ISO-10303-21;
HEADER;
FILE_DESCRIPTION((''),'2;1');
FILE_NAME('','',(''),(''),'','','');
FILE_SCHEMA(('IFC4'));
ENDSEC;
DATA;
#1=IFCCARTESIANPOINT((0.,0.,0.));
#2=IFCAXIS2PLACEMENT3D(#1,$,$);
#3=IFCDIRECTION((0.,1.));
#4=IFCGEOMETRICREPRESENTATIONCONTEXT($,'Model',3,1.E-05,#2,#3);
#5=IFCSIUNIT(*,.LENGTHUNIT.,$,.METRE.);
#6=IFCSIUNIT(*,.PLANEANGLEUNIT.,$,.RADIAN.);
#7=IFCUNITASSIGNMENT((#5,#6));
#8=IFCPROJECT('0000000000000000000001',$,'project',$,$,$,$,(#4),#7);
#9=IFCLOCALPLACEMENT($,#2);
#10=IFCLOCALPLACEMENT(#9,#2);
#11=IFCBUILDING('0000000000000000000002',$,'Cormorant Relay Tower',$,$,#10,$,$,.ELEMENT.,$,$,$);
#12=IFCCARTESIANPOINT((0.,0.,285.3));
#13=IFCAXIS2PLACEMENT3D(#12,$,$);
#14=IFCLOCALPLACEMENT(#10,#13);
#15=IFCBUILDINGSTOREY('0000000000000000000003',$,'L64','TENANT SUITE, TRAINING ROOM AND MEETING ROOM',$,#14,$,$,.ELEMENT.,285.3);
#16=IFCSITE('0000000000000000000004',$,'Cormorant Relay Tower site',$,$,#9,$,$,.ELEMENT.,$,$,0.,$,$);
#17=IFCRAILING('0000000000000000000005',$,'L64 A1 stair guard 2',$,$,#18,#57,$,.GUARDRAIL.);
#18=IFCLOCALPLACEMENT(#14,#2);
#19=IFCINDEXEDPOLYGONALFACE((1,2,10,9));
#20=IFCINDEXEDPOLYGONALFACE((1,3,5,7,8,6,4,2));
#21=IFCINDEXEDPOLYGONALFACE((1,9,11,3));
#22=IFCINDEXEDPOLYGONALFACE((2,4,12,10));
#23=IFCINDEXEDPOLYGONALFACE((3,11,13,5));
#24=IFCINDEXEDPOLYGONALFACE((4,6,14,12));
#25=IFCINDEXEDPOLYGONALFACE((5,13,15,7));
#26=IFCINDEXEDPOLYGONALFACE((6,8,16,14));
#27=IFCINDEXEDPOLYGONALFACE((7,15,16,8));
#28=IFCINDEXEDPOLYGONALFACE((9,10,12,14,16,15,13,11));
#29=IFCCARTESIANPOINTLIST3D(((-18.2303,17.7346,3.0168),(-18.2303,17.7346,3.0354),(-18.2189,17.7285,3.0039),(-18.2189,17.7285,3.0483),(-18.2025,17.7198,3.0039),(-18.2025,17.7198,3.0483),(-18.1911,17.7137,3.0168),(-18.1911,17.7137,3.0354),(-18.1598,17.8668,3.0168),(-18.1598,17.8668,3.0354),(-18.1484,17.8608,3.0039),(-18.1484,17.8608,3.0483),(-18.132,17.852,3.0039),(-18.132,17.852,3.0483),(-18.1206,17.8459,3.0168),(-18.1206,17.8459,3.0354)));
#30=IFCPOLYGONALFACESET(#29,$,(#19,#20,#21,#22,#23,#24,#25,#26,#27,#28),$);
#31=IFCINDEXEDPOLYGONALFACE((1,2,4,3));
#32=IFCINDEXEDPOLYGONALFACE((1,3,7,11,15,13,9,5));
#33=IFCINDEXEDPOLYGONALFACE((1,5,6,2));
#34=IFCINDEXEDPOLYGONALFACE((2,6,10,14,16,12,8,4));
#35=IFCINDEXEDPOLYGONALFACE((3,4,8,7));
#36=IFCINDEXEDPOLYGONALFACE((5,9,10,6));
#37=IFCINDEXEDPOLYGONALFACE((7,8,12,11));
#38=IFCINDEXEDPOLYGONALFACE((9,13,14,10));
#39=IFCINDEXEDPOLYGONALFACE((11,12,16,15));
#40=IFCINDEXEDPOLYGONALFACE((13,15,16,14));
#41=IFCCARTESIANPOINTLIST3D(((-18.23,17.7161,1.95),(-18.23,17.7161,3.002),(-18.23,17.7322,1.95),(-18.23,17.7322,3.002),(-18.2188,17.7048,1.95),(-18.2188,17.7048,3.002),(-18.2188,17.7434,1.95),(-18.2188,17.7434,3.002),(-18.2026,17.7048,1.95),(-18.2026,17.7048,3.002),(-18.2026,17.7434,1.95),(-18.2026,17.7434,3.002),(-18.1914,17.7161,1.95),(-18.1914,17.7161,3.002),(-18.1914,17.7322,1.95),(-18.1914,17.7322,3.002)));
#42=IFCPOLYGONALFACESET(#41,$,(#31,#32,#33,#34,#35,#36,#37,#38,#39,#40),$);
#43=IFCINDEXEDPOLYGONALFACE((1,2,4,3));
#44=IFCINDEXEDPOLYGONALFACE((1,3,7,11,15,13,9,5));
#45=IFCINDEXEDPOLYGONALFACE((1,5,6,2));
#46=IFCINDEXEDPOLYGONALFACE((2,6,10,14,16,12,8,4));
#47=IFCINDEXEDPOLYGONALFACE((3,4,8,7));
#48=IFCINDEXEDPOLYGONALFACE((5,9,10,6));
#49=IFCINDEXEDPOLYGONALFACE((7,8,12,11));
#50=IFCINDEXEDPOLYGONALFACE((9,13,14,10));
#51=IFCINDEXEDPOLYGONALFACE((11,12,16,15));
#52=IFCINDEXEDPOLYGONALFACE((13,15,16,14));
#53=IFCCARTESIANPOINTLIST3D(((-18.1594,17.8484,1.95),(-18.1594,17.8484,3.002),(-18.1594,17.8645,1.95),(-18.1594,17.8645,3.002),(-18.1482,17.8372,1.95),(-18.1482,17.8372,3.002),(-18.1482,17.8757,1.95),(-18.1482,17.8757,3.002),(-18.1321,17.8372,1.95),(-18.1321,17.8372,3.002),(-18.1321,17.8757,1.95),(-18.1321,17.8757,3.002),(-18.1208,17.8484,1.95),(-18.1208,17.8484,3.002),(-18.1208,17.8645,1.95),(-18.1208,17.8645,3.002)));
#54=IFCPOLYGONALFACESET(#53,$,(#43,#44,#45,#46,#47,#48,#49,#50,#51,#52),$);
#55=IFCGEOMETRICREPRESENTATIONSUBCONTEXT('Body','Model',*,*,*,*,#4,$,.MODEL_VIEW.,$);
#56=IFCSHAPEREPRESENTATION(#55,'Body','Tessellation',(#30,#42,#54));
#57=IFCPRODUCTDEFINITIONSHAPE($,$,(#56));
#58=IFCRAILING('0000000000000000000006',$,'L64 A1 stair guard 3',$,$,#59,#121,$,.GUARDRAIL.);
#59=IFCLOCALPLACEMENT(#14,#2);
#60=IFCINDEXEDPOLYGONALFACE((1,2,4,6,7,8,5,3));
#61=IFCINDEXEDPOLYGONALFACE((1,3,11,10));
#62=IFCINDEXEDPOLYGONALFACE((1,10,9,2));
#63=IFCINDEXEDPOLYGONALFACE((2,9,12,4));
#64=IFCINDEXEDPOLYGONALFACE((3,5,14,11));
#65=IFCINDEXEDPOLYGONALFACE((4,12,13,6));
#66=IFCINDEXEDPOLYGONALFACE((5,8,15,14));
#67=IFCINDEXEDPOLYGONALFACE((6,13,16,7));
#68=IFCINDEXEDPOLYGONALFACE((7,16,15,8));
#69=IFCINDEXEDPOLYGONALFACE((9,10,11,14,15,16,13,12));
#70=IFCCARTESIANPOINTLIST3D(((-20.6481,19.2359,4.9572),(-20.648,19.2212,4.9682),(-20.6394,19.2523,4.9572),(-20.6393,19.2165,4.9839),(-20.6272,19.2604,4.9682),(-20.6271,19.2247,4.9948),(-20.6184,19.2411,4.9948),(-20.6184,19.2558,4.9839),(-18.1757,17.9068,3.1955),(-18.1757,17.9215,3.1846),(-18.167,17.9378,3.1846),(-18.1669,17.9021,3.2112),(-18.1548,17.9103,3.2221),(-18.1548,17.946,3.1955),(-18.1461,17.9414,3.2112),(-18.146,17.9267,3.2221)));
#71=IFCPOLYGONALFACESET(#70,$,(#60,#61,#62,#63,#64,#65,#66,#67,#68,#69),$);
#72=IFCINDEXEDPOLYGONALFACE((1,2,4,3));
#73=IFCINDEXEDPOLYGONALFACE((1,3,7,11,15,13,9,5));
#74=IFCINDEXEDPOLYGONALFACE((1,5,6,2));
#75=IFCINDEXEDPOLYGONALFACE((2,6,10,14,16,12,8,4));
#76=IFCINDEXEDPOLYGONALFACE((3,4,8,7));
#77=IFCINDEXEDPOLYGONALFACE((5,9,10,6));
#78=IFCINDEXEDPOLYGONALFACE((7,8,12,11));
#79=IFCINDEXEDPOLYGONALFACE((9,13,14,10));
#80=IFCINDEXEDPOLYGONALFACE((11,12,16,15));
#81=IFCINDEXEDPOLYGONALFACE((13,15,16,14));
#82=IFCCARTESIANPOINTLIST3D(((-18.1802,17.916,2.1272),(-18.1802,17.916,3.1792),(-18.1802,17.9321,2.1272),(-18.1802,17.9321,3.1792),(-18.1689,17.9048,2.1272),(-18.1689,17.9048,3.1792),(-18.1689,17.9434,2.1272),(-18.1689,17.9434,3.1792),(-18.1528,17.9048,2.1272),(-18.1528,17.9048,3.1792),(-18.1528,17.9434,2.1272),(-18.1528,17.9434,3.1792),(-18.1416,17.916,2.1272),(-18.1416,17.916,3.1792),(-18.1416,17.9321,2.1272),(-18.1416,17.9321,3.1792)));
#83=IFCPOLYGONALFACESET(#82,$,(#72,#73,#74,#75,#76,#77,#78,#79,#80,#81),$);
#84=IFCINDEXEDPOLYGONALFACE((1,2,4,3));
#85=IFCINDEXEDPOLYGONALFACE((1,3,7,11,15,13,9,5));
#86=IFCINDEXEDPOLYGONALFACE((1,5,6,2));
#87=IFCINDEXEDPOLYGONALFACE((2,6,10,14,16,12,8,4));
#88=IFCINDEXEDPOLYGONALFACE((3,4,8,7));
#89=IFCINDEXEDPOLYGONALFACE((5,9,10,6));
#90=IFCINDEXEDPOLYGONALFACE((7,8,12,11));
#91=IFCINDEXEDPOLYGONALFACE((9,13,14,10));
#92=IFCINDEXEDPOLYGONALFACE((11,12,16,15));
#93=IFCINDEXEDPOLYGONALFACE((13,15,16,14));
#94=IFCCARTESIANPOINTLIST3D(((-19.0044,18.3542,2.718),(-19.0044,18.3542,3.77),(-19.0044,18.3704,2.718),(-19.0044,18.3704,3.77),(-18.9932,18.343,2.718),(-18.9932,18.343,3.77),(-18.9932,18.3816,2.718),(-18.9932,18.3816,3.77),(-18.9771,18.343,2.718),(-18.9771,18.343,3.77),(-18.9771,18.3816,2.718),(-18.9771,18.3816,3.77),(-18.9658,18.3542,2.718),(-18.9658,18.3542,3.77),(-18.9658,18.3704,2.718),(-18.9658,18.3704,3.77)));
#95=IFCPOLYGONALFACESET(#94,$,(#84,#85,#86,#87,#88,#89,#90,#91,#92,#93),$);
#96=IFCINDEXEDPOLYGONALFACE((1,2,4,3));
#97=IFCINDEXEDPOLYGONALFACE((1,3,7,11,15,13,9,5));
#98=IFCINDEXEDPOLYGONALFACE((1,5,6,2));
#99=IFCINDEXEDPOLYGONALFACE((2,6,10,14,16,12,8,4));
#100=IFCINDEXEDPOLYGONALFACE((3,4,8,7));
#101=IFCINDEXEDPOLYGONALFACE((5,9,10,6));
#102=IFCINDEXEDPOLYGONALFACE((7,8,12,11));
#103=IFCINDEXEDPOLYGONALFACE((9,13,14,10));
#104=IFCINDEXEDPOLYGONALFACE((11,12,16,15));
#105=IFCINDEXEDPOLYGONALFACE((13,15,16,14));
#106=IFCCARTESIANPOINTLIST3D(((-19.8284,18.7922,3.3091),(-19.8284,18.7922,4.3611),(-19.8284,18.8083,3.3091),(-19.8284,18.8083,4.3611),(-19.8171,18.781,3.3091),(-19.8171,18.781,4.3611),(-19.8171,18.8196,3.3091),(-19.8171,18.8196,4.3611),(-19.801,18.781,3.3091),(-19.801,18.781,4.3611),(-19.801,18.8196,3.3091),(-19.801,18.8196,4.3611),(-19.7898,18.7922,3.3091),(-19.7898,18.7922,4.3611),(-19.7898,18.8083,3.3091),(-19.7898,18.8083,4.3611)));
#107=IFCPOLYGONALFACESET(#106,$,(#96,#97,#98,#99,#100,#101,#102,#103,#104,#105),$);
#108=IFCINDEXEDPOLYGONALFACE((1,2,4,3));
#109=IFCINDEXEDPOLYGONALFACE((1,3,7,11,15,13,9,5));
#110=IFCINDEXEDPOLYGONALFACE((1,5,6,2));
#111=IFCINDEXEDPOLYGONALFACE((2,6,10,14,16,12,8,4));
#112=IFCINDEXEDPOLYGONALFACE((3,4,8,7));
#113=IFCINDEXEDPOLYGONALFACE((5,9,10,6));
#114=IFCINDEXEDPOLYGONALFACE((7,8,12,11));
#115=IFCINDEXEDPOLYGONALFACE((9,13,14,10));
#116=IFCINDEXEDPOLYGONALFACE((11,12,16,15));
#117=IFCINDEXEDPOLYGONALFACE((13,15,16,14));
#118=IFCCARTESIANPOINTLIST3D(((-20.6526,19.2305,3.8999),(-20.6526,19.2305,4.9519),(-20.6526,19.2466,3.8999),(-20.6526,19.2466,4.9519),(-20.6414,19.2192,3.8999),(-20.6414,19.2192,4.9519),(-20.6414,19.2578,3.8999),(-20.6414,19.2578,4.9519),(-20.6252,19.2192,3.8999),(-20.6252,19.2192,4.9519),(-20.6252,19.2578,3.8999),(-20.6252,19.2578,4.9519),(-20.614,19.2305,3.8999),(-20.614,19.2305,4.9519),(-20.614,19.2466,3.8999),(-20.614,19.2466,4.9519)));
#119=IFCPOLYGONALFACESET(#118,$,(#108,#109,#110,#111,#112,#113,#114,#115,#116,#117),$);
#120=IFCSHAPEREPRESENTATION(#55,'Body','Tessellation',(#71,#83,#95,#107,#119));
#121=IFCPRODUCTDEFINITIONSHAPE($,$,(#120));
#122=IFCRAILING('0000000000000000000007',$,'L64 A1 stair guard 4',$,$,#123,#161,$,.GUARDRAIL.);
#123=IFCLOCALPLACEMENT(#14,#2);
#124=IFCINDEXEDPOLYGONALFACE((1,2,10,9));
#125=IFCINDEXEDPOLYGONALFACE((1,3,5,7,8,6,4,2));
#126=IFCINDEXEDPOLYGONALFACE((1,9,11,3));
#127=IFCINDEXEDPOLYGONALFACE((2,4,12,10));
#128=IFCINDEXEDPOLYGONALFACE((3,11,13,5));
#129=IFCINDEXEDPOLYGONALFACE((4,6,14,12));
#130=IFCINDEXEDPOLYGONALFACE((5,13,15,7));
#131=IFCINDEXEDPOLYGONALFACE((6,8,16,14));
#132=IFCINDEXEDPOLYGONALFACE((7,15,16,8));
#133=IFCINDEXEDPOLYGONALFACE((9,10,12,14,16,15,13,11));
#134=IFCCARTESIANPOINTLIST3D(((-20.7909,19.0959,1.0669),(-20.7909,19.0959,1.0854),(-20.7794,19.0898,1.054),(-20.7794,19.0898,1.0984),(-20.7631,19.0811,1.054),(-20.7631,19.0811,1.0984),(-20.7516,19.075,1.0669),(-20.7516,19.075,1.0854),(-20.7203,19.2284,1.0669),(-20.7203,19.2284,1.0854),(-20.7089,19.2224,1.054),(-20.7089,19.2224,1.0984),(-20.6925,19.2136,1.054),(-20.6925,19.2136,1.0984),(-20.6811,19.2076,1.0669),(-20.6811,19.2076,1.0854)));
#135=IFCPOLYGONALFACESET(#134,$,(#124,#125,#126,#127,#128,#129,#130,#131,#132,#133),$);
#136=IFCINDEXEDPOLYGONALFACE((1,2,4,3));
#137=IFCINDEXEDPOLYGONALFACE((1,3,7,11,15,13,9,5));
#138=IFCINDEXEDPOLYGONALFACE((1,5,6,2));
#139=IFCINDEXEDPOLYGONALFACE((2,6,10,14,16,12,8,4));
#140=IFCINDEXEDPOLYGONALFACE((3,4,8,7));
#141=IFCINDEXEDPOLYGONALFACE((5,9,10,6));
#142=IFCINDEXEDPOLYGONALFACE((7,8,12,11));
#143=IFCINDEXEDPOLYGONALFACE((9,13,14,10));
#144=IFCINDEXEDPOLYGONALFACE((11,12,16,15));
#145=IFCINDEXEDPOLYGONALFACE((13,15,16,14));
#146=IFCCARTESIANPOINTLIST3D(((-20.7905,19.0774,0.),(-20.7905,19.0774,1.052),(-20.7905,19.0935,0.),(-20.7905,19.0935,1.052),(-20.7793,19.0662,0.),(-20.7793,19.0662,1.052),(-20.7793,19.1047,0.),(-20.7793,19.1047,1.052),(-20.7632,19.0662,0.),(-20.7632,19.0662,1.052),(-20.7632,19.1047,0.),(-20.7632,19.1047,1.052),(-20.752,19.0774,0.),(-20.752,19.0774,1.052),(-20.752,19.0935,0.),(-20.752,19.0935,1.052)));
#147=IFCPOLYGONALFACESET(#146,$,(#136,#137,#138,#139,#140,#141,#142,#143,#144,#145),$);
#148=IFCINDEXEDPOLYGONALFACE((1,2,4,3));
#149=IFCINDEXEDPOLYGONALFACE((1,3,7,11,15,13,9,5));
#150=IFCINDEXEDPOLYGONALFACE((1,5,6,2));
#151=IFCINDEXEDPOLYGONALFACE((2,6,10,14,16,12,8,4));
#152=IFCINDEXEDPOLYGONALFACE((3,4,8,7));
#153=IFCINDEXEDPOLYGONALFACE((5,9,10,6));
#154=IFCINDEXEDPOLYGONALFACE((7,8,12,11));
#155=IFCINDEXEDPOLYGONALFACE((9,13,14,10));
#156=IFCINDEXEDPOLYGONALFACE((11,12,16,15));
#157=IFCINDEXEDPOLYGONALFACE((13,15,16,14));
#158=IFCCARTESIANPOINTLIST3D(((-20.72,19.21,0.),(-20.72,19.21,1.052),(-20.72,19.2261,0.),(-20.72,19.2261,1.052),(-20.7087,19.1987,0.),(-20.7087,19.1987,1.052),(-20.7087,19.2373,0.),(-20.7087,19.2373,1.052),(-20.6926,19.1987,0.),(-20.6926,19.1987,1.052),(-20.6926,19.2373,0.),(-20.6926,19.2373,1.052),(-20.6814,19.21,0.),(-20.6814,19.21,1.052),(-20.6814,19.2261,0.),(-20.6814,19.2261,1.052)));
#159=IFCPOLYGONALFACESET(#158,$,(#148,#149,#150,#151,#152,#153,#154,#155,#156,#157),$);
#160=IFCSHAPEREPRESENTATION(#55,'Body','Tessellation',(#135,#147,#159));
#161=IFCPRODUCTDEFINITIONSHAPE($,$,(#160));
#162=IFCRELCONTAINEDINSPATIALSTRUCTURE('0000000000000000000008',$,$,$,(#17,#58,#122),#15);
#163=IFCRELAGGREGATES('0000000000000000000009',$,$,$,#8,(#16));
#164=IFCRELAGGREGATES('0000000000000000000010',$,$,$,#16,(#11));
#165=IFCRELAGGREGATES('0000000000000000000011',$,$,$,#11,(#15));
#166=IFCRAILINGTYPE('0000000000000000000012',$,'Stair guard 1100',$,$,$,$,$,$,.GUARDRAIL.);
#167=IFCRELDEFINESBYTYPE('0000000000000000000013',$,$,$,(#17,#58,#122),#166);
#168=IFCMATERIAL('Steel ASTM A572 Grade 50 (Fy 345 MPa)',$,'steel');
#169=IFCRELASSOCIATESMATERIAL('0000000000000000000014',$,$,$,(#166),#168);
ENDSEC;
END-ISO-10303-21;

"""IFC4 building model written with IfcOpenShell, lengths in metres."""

from ifc_helpers import new_model, si_unit, direction, frame, origin, place, context, subcontext, project, spatial, polyline, outline, extrude, material, type_object, element, save


model = new_model("IFC4")

# Units and contexts
model_context = context("Model", 3, precision=1e-05, world=origin(), true_north=direction((0.0, 1.0)))
body_context = subcontext(model_context, "Body", "Model", "MODEL_VIEW")
ifc_project = project(units=[si_unit("LENGTHUNIT", "METRE"), si_unit("PLANEANGLEUNIT", "RADIAN")], contexts=[model_context])

# Site, building, storey
site_placement = place(None, origin())
site = spatial("IfcSite", under=ifc_project, at=site_placement, Name="Cormorant Relay Tower site", CompositionType="ELEMENT", RefElevation=0.0)
building_placement = place(site_placement, origin())
building = spatial("IfcBuilding", under=site, at=building_placement, Name="Cormorant Relay Tower", CompositionType="ELEMENT")
storey_placement = place(building_placement, frame((0.0, 0.0, 285.3)))
storey = spatial("IfcBuildingStorey", under=building, at=storey_placement, Name="L64", Description="TENANT SUITE, TRAINING ROOM AND MEETING ROOM", CompositionType="ELEMENT", Elevation=285.3)

# Railings
ifc_material_1 = material(Name="Steel ASTM A572 Grade 50 (Fy 345 MPa)", Category="steel")
railing_type_1 = type_object("IfcRailingType", Name="Stair guard 1100", PredefinedType="GUARDRAIL", material=ifc_material_1)
railing_1_placement = place(storey_placement, frame((-18.2107, 17.7241, 1.95)))
element("IfcRailing", 1, at=railing_1_placement, inside=storey, type_object=railing_type_1, Name="L64 A1 stair guard 2", PredefinedType="GUARDRAIL", context=body_context, shape_type="SweptSolid", body=[
    extrude(outline(polyline([(0.0222, 0.0093), (0.0093, 0.0222), (-0.0093, 0.0222), (-0.0222, 0.0093), (-0.0222, -0.0093), (-0.0093, -0.0222), (0.0093, -0.0222), (0.0222, -0.0093), (0.0222, 0.0093)])), frame((0.0, 0.0, 1.0762), z_axis=(0.470504, 0.882398, 0.0), x_axis=(-0.882398, 0.470504, 0.0)), (0.0, 0.0, 1.0), 0.1499),
    extrude(outline(polyline([(0.0193, 0.0081), (0.0081, 0.0193), (-0.0081, 0.0193), (-0.0193, 0.0081), (-0.0193, -0.0081), (-0.0081, -0.0193), (0.0081, -0.0193), (0.0193, -0.0081), (0.0193, 0.0081)])), origin(), (0.0, 0.0, 1.0), 1.052),
    extrude(outline(polyline([(0.0193, 0.0081), (0.0081, 0.0193), (-0.0081, 0.0193), (-0.0193, 0.0081), (-0.0193, -0.0081), (-0.0081, -0.0193), (0.0081, -0.0193), (0.0193, -0.0081), (0.0193, 0.0081)])), frame((0.0706, 0.1323, 0.0)), (0.0, 0.0, 1.0), 1.052),
])
railing_2_placement = place(storey_placement, frame((-18.1609, 17.9241, 2.1272)))
element("IfcRailing", 2, at=railing_2_placement, inside=storey, type_object=railing_type_1, Name="L64 A1 stair guard 3", PredefinedType="GUARDRAIL", context=body_context, shape_type="SweptSolid", body=[
    extrude(outline(polyline([(0.0222, 0.0093), (0.0093, 0.0222), (-0.0093, 0.0222), (-0.0222, 0.0093), (-0.0222, -0.0093), (-0.0093, -0.0222), (0.0093, -0.0222), (0.0222, -0.0093), (0.0222, 0.0093)])), frame((0.0, 0.0, 1.0762), z_axis=(-0.746034, 0.396627, 0.534902), x_axis=(-0.469429, -0.88297, 0.0)), (0.0, 0.0, 1.0), 3.314),
    extrude(outline(polyline([(0.0193, 0.0081), (0.0081, 0.0193), (-0.0081, 0.0193), (-0.0193, 0.0081), (-0.0193, -0.0081), (-0.0081, -0.0193), (0.0081, -0.0193), (0.0193, -0.0081), (0.0193, 0.0081)])), origin(), (0.0, 0.0, 1.0), 1.052),
    extrude(outline(polyline([(0.0193, 0.0081), (0.0081, 0.0193), (-0.0081, 0.0193), (-0.0193, 0.0081), (-0.0193, -0.0081), (-0.0081, -0.0193), (0.0081, -0.0193), (0.0193, -0.0081), (0.0193, 0.0081)])), frame((-0.8242, 0.4382, 0.5908)), (0.0, 0.0, 1.0), 1.052),
    extrude(outline(polyline([(0.0193, 0.0081), (0.0081, 0.0193), (-0.0081, 0.0193), (-0.0193, 0.0081), (-0.0193, -0.0081), (-0.0081, -0.0193), (0.0081, -0.0193), (0.0193, -0.0081), (0.0193, 0.0081)])), frame((-1.6482, 0.8762, 1.1819)), (0.0, 0.0, 1.0), 1.052),
    extrude(outline(polyline([(0.0193, 0.0081), (0.0081, 0.0193), (-0.0081, 0.0193), (-0.0193, 0.0081), (-0.0193, -0.0081), (-0.0081, -0.0193), (0.0081, -0.0193), (0.0193, -0.0081), (0.0193, 0.0081)])), frame((-2.4724, 1.3145, 1.7727)), (0.0, 0.0, 1.0), 1.052),
])
railing_3_placement = place(storey_placement, frame((-20.7712, 19.0854, 0.0)))
element("IfcRailing", 3, at=railing_3_placement, inside=storey, type_object=railing_type_1, Name="L64 A1 stair guard 4", PredefinedType="GUARDRAIL", context=body_context, shape_type="SweptSolid", body=[
    extrude(outline(polyline([(0.0222, 0.0093), (0.0093, 0.0222), (-0.0093, 0.0222), (-0.0222, 0.0093), (-0.0222, -0.0093), (-0.0093, -0.0222), (0.0093, -0.0222), (0.0222, -0.0093), (0.0222, 0.0093)])), frame((0.0, 0.0, 1.0762), z_axis=(0.469829, 0.882758, 0.0), x_axis=(-0.882758, 0.469829, 0.0)), (0.0, 0.0, 1.0), 0.1501),
    extrude(outline(polyline([(0.0193, 0.0081), (0.0081, 0.0193), (-0.0081, 0.0193), (-0.0193, 0.0081), (-0.0193, -0.0081), (-0.0081, -0.0193), (0.0081, -0.0193), (0.0193, -0.0081), (0.0193, 0.0081)])), origin(), (0.0, 0.0, 1.0), 1.052),
    extrude(outline(polyline([(0.0193, 0.0081), (0.0081, 0.0193), (-0.0081, 0.0193), (-0.0193, 0.0081), (-0.0193, -0.0081), (-0.0081, -0.0193), (0.0081, -0.0193), (0.0193, -0.0081), (0.0193, 0.0081)])), frame((0.0706, 0.1326, 0.0)), (0.0, 0.0, 1.0), 1.052),
])

save(model, "model.ifc")
